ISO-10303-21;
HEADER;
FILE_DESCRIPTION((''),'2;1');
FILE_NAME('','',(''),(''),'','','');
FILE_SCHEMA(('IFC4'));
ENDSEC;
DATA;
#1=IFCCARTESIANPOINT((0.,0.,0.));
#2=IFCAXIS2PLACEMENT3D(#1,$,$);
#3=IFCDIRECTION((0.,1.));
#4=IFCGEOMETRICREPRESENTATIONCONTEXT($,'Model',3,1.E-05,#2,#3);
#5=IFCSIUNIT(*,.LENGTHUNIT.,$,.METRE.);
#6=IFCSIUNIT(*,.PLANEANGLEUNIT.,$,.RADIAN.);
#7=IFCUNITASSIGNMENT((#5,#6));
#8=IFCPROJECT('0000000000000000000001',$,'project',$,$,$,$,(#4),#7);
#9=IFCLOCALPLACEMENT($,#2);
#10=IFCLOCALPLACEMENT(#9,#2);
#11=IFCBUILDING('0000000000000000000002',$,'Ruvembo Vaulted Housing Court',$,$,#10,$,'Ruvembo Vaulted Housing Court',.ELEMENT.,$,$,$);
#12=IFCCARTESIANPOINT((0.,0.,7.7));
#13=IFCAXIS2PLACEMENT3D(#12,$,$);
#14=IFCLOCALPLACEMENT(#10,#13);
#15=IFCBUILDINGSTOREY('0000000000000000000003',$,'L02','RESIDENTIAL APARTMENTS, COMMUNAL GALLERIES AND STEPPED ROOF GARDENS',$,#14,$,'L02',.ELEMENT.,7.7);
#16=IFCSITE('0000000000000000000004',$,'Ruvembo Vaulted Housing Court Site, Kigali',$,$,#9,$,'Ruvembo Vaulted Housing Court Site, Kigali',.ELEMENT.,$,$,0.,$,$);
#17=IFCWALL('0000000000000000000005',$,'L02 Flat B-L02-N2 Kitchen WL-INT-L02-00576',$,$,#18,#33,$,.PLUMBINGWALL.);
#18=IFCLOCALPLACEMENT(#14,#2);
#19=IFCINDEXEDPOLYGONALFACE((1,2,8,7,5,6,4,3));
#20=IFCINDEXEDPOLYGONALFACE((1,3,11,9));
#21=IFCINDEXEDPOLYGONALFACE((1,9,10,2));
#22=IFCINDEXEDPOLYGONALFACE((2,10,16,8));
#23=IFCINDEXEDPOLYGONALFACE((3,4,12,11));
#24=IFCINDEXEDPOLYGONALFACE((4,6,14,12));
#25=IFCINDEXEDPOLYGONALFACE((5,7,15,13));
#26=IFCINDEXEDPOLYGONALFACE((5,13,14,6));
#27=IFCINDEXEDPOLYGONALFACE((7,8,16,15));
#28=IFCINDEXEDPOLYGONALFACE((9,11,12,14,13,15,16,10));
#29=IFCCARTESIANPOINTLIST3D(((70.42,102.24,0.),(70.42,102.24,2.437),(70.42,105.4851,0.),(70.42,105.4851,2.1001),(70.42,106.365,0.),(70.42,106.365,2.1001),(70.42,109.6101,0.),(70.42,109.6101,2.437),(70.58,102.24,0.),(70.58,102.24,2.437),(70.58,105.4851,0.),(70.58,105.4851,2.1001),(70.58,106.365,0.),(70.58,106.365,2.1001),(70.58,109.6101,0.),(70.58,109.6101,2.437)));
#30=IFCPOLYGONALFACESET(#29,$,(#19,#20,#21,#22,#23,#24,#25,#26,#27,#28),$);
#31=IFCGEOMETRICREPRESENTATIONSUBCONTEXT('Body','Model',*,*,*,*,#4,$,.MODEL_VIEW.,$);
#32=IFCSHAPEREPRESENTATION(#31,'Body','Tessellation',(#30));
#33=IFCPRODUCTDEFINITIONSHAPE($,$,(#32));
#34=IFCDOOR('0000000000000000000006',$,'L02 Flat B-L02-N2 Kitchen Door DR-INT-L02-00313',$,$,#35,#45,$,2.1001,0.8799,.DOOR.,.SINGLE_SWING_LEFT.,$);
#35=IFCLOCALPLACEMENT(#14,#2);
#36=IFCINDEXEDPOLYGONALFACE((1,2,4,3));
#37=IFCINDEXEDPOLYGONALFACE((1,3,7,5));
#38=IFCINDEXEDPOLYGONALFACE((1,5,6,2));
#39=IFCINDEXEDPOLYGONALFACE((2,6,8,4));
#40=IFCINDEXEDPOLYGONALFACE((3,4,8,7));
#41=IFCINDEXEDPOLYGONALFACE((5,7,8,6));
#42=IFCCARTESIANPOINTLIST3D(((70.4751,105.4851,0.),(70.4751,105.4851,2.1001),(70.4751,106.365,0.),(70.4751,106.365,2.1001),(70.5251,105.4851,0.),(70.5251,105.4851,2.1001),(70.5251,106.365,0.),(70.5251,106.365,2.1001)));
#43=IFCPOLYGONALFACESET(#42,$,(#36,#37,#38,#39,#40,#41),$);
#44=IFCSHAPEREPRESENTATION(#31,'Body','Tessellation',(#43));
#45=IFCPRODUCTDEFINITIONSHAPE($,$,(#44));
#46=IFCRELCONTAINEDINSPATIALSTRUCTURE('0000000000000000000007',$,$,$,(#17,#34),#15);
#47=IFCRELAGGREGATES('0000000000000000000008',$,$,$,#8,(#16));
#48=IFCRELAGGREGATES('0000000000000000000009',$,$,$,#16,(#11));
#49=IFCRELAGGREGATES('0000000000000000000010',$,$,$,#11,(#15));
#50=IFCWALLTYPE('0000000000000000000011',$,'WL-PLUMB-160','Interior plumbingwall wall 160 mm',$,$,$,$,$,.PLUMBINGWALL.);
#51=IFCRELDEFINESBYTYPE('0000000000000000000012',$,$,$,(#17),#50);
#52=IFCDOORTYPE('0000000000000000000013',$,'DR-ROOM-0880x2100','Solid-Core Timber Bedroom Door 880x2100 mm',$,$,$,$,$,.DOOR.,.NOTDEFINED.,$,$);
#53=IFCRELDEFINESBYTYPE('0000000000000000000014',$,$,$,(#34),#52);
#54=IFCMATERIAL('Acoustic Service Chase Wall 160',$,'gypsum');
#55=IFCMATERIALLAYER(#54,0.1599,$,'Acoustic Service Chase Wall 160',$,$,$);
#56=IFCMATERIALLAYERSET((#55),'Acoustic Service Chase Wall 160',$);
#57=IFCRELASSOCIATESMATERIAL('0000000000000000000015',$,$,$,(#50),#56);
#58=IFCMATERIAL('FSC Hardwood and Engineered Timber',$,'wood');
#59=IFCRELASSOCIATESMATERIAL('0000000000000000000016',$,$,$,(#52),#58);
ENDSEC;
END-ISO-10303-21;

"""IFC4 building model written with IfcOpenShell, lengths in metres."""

from ifc_helpers import new_model, si_unit, direction, frame, frame_2d, origin, place, context, subcontext, project, spatial, rectangle, extrude, material, layer, layer_set, type_object, element, fill, save


model = new_model("IFC4")

# Units and contexts
model_context = context("Model", 3, precision=1e-05, world=origin(), true_north=direction((0.0, 1.0)))
body_context = subcontext(model_context, "Body", "Model", "MODEL_VIEW")
ifc_project = project(units=[si_unit("LENGTHUNIT", "METRE"), si_unit("PLANEANGLEUNIT", "RADIAN")], contexts=[model_context])

# Site, building, storey
site_placement = place(None, origin())
site = spatial("IfcSite", under=ifc_project, at=site_placement, Name="Ruvembo Vaulted Housing Court Site, Kigali", LongName="Ruvembo Vaulted Housing Court Site, Kigali", CompositionType="ELEMENT", RefElevation=0.0)
building_placement = place(site_placement, origin())
building = spatial("IfcBuilding", under=site, at=building_placement, Name="Ruvembo Vaulted Housing Court", LongName="Ruvembo Vaulted Housing Court", CompositionType="ELEMENT")
storey_placement = place(building_placement, frame((0.0, 0.0, 7.7)))
storey = spatial("IfcBuildingStorey", under=building, at=storey_placement, Name="L02", Description="RESIDENTIAL APARTMENTS, COMMUNAL GALLERIES AND STEPPED ROOF GARDENS", LongName="L02", CompositionType="ELEMENT", Elevation=7.7)

# Shared definitions
ifc_material_1 = material(Name="FSC Hardwood and Engineered Timber", Category="wood")

# Wall, opening, door
ifc_material_2 = material(Name="Acoustic Service Chase Wall 160", Category="gypsum")
ifc_layer_1 = layer(ifc_material_2, 0.1599, Name="Acoustic Service Chase Wall 160")
ifc_layer_set_1 = layer_set([ifc_layer_1], Name="Acoustic Service Chase Wall 160")
wall_type_1 = type_object("IfcWallType", Name="WL-PLUMB-160", Description="Interior plumbingwall wall 160 mm", PredefinedType="PLUMBINGWALL", material=ifc_layer_set_1)
wall_1_placement = place(storey_placement, frame((70.5, 102.24, 0.0), z_axis=(0.0, 0.0, 1.0), x_axis=(0.0, 1.0, 0.0)))
wall_1 = element("IfcWall", 1, at=wall_1_placement, inside=storey, type_object=wall_type_1, Name="L02 Flat B-L02-N2 Kitchen WL-INT-L02-00576", PredefinedType="PLUMBINGWALL", context=body_context, shape_type="SweptSolid", body=[
    extrude(rectangle(XDim=7.3701, YDim=0.1599, at=frame_2d((3.6851, 0.0))), origin(), (0.0, 0.0, 1.0), 2.437),
])
opening_1_placement = place(wall_1_placement, frame((3.2451, 0.0, 0.0)))
opening_1 = element("IfcOpeningElement", 2, at=opening_1_placement, cuts=wall_1, PredefinedType="OPENING", context=body_context, shape_type="SweptSolid", body=[
    extrude(rectangle(XDim=0.8799, YDim=2.1001, at=frame_2d((0.4399, 1.05))), frame((0.0, 0.0898, 0.0), z_axis=(0.0, -1.0, 0.0), x_axis=(1.0, 0.0, 0.0)), (0.0, 0.0, 1.0), 0.1799),
])
door_type_1 = type_object("IfcDoorType", Name="DR-ROOM-0880x2100", Description="Solid-Core Timber Bedroom Door 880x2100 mm", OperationType="NOTDEFINED", PredefinedType="DOOR", material=ifc_material_1)
door_1_placement = place(opening_1_placement, origin())
door_1 = element("IfcDoor", 3, at=door_1_placement, inside=storey, type_object=door_type_1, Name="L02 Flat B-L02-N2 Kitchen Door DR-INT-L02-00313", OperationType="SINGLE_SWING_LEFT", OverallHeight=2.1001, OverallWidth=0.8799, PredefinedType="DOOR", context=body_context, shape_type="SweptSolid", body=[
    extrude(rectangle(XDim=0.8799, YDim=2.1001, at=frame_2d((0.4399, 1.05))), frame((0.0, 0.0249, 0.0), z_axis=(0.0, -1.0, 0.0), x_axis=(1.0, 0.0, 0.0)), (0.0, 0.0, 1.0), 0.05),
])
fill(opening_1, door_1)

save(model, "model.ifc")
